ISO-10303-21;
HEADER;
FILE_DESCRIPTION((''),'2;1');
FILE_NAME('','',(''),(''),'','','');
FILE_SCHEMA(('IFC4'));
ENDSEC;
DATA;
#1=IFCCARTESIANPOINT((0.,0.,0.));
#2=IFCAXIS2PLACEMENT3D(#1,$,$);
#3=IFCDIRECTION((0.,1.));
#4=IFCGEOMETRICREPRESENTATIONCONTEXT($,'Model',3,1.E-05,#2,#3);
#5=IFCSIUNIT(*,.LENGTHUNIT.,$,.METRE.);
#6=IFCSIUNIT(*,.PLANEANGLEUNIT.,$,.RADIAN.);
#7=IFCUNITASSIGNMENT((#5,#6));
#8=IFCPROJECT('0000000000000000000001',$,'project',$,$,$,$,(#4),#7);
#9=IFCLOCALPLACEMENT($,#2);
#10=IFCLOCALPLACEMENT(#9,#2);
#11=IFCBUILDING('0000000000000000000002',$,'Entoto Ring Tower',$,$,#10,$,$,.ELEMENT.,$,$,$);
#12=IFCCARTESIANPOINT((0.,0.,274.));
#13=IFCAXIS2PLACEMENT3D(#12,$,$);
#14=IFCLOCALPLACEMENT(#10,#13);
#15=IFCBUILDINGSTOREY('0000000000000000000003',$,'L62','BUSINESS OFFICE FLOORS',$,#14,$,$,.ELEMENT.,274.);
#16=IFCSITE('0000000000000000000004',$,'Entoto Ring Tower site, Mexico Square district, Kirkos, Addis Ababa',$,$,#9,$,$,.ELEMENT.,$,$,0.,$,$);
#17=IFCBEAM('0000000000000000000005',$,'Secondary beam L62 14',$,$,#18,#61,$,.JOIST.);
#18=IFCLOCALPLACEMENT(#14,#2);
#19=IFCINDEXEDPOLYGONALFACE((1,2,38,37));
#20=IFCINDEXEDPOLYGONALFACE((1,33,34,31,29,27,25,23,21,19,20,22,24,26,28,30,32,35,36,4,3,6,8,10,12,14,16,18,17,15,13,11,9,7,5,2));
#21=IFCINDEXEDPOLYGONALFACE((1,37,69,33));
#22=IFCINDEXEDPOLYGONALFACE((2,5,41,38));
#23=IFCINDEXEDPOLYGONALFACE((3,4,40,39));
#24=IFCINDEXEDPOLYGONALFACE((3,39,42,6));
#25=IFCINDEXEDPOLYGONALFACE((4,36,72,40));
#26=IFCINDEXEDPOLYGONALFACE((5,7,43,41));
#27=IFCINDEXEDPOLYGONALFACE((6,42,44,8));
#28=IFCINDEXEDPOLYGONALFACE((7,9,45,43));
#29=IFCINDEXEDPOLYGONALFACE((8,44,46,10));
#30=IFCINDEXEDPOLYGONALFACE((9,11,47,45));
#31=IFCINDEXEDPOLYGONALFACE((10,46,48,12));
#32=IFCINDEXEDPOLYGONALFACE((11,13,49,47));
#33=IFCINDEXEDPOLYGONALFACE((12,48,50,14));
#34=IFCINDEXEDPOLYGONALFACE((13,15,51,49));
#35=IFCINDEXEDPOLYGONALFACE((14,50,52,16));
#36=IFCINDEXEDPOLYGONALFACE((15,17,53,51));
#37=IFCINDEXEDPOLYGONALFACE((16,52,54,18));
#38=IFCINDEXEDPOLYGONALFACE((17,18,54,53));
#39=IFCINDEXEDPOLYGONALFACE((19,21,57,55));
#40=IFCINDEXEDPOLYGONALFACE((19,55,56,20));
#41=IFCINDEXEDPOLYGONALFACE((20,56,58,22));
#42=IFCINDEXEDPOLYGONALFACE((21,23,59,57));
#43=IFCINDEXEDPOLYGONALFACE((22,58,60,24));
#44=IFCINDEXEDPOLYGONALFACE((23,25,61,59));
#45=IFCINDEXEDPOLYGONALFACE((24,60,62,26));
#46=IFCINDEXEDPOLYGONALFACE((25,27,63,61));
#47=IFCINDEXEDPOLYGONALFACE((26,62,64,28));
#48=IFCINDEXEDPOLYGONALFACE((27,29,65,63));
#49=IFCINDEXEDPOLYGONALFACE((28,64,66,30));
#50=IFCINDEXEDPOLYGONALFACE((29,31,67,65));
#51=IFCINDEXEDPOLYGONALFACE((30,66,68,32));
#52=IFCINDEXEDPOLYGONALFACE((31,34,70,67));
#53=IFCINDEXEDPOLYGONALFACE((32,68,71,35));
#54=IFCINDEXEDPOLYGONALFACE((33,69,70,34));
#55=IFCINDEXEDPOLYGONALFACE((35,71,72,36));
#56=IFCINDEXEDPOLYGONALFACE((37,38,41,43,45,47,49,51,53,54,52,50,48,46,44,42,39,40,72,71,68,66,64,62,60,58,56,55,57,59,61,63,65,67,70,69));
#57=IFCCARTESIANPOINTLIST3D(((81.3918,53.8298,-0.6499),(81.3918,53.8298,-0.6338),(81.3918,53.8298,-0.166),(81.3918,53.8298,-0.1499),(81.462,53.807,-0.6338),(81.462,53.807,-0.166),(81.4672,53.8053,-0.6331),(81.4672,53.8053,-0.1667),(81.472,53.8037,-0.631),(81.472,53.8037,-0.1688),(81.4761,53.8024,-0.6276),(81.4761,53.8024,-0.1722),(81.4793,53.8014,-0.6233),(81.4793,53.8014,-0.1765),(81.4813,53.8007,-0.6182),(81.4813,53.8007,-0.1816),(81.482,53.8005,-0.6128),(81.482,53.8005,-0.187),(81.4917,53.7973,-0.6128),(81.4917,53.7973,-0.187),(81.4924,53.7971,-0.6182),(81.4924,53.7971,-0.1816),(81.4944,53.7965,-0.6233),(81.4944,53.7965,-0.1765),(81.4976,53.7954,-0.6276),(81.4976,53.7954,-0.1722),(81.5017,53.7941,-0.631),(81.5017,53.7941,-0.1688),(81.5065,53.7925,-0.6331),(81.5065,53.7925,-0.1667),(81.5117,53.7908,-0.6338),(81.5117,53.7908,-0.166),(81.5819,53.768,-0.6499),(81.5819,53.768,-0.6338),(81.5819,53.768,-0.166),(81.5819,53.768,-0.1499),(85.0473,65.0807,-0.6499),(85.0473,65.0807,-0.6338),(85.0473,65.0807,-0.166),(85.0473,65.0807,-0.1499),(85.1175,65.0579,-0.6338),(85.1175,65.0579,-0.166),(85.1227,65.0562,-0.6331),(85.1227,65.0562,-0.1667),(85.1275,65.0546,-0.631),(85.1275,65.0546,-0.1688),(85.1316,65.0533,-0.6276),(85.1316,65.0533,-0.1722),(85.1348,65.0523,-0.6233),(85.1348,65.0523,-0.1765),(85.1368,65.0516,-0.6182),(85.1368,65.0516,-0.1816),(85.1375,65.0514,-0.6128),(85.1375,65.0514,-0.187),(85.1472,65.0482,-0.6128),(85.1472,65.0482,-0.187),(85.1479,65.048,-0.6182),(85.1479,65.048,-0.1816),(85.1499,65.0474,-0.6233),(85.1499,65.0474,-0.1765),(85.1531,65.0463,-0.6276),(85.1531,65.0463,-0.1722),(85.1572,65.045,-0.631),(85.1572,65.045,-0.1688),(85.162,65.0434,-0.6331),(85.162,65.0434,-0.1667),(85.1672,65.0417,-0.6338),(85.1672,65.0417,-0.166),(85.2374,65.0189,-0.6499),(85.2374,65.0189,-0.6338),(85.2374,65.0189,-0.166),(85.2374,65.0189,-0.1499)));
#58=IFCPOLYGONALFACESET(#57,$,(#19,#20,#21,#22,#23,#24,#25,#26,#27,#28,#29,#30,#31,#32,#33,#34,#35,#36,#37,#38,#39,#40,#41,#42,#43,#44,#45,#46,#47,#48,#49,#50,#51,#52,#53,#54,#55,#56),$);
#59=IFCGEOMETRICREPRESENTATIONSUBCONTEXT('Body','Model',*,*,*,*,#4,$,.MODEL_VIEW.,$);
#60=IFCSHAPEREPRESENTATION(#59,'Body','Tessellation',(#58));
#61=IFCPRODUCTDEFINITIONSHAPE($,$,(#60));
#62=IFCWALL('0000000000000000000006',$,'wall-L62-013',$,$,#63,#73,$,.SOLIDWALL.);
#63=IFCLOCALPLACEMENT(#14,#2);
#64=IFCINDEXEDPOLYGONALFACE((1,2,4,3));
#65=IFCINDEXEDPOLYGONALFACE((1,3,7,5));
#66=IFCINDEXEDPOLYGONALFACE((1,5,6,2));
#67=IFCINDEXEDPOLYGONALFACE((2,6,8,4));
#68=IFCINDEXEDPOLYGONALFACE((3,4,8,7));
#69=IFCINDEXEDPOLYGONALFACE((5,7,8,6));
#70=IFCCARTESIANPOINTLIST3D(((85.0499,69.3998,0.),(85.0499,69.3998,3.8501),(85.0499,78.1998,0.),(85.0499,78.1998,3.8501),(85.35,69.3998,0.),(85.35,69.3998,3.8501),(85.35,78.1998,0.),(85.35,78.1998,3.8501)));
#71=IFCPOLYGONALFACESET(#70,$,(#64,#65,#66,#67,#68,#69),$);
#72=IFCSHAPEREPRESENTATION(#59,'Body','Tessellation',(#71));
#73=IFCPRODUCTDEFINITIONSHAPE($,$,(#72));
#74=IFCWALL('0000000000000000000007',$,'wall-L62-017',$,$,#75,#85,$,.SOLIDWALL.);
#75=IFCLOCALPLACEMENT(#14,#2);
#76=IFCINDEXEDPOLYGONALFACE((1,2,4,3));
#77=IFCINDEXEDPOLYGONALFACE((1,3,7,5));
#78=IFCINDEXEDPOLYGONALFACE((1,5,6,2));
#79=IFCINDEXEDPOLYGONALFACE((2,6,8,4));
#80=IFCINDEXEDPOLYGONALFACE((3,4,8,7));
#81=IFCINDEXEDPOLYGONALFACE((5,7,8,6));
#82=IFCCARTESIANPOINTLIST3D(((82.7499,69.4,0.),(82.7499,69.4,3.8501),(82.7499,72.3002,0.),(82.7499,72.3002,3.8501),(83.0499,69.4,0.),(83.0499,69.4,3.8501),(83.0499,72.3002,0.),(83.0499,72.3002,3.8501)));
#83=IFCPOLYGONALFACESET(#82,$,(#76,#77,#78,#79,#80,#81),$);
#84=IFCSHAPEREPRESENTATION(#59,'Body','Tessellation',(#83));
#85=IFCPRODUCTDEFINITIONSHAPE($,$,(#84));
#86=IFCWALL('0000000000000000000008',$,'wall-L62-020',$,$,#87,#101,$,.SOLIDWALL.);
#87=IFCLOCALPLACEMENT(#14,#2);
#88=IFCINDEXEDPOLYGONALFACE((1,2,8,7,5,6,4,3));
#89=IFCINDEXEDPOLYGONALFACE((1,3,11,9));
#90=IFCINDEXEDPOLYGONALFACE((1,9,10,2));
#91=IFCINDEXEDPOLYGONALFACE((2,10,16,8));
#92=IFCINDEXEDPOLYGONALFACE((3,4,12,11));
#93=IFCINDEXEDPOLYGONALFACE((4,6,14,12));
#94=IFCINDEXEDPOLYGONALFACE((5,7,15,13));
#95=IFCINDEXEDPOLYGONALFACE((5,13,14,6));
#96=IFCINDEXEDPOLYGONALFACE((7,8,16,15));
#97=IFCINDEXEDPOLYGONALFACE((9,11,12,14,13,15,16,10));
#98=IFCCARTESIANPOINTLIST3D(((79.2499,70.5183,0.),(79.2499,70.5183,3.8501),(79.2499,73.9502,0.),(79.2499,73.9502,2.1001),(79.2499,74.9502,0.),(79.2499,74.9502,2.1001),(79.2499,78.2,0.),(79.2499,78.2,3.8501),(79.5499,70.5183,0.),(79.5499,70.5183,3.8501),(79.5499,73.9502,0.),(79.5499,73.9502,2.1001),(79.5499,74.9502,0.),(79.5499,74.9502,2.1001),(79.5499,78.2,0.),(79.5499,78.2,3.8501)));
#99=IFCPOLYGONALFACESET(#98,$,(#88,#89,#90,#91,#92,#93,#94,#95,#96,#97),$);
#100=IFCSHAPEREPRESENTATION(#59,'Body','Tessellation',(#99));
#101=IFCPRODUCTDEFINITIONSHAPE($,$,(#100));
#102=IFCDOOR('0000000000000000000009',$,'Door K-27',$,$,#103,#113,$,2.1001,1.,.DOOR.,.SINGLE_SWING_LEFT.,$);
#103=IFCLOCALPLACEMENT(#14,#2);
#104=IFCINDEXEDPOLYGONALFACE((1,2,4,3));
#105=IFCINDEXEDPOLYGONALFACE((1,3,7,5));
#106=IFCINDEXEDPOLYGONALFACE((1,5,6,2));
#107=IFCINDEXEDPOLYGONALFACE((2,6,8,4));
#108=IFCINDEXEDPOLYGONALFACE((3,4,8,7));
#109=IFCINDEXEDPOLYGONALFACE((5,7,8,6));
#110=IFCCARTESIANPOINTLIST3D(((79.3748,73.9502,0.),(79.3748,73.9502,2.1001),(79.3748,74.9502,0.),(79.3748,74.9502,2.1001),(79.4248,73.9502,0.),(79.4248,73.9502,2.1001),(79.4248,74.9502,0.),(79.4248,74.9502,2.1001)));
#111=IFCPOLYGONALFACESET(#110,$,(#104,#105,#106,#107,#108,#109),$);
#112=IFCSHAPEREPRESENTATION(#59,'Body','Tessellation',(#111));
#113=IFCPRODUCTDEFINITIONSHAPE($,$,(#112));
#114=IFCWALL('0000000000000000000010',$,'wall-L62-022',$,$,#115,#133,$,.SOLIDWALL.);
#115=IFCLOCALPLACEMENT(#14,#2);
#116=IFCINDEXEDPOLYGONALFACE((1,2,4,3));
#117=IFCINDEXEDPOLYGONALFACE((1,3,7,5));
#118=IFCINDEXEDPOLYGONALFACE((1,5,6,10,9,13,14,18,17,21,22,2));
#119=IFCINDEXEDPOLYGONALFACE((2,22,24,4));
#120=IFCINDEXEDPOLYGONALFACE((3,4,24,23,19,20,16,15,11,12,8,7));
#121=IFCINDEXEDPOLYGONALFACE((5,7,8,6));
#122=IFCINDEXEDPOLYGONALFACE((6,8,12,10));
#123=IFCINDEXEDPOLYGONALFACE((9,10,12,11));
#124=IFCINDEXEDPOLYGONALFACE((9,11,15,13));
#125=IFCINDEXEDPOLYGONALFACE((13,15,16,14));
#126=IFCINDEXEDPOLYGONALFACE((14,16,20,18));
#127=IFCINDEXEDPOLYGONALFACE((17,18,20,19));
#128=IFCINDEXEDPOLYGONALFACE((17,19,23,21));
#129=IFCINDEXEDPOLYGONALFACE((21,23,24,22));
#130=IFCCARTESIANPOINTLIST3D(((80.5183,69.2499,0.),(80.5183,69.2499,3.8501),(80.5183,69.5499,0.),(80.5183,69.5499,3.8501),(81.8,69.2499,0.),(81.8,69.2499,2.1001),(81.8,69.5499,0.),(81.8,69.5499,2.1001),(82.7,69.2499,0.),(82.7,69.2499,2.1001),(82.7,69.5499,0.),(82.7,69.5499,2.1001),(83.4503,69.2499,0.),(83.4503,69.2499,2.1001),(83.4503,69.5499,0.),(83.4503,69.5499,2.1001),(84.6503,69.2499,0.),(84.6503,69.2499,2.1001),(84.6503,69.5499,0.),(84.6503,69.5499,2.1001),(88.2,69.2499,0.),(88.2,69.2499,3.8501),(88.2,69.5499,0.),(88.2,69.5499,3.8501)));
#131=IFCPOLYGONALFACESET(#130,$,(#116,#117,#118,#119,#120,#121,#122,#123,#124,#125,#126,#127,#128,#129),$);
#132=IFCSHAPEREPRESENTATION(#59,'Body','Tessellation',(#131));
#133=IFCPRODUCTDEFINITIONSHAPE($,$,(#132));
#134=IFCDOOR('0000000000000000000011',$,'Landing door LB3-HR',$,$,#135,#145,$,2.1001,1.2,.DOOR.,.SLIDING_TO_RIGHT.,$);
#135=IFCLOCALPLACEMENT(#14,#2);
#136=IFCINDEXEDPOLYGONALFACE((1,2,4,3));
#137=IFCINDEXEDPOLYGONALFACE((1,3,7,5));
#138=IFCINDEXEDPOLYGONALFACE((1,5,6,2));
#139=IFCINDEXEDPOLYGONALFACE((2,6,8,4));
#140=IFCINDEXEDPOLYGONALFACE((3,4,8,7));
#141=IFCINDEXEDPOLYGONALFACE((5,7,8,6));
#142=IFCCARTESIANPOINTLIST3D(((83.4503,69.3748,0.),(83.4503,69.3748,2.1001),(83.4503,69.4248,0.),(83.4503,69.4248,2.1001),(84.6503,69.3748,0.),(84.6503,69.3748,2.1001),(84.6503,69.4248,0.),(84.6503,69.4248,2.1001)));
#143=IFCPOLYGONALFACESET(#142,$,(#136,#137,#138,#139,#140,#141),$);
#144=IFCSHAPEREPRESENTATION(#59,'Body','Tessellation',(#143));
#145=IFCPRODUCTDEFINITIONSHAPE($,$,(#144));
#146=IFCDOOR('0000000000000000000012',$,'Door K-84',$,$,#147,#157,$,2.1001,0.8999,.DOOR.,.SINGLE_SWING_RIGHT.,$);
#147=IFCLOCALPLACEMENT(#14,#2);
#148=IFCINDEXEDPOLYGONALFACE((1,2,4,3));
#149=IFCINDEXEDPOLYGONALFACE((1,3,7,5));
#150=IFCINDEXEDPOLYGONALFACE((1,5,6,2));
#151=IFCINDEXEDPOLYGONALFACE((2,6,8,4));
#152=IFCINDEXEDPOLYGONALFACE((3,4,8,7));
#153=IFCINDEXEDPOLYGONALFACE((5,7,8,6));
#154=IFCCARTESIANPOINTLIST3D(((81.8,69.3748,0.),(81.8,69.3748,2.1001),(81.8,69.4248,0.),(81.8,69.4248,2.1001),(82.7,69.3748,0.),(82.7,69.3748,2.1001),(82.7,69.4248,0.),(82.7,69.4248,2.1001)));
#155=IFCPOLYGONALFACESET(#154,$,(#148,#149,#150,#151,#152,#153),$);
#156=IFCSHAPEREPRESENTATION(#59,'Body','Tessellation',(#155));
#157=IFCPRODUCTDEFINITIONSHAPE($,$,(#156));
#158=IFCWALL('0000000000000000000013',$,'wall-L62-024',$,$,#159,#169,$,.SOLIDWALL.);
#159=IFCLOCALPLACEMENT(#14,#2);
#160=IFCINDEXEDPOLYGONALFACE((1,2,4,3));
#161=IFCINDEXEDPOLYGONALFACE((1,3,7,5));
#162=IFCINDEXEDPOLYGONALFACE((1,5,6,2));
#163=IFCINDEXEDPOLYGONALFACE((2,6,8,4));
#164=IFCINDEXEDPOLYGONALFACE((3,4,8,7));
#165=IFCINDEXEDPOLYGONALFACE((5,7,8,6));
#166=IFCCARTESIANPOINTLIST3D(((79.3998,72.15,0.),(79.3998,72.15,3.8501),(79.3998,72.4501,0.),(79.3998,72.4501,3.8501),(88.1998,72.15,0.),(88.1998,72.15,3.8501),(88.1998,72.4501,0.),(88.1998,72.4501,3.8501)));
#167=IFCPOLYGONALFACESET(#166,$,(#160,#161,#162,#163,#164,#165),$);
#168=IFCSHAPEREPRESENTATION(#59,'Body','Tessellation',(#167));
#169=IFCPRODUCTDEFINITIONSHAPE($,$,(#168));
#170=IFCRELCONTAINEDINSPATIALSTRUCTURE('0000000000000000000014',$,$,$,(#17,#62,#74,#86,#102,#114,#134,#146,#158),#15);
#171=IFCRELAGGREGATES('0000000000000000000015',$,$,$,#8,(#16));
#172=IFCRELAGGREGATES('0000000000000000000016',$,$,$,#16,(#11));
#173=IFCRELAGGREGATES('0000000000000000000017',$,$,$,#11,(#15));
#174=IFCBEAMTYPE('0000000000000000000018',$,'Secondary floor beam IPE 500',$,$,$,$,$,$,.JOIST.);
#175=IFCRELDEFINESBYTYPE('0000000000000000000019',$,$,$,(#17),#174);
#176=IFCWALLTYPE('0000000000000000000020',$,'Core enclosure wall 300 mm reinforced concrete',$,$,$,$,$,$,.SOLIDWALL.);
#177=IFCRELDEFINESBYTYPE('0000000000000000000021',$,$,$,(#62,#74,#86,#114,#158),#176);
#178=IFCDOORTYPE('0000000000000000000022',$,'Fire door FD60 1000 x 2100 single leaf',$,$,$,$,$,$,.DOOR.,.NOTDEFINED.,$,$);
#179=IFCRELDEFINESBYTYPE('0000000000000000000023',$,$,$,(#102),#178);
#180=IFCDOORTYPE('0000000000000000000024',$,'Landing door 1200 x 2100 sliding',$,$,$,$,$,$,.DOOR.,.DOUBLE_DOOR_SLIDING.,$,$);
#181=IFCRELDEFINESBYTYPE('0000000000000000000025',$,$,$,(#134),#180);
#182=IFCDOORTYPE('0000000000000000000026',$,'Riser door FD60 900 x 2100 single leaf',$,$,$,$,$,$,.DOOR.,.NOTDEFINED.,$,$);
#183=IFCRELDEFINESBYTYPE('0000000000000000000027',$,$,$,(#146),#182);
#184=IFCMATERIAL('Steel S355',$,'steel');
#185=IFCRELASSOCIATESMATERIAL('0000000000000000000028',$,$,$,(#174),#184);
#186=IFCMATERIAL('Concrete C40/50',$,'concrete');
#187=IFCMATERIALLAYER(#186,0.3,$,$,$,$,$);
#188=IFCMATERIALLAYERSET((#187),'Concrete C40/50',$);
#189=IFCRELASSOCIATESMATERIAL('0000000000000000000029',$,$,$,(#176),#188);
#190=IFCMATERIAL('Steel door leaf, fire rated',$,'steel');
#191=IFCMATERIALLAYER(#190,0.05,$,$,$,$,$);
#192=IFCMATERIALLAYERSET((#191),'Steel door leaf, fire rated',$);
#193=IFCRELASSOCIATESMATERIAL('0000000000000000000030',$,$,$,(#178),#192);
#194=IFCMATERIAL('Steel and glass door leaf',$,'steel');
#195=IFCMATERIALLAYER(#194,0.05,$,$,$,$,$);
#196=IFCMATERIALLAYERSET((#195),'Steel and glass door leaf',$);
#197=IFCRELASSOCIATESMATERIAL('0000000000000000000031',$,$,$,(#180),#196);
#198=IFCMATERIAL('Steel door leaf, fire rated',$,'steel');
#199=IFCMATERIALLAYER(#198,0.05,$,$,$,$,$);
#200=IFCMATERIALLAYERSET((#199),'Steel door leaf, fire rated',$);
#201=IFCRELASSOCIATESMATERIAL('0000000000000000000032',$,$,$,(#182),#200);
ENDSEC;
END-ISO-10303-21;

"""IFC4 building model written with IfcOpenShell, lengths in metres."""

from ifc_helpers import new_model, si_unit, direction, frame, frame_2d, origin, origin_2d, place, context, subcontext, project, spatial, rectangle, i_section, extrude, material, layer, layer_set, material_profile, profile_set, type_object, element, fill, save


model = new_model("IFC4")

# Units and contexts
model_context = context("Model", 3, precision=1e-05, world=origin(), true_north=direction((0.0, 1.0)))
body_context = subcontext(model_context, "Body", "Model", "MODEL_VIEW")
ifc_project = project(units=[si_unit("LENGTHUNIT", "METRE"), si_unit("PLANEANGLEUNIT", "RADIAN")], contexts=[model_context])

# Site, building, storey
site_placement = place(None, origin())
site = spatial("IfcSite", under=ifc_project, at=site_placement, Name="Entoto Ring Tower site, Mexico Square district, Kirkos, Addis Ababa", CompositionType="ELEMENT", RefElevation=0.0)
building_placement = place(site_placement, origin())
building = spatial("IfcBuilding", under=site, at=building_placement, Name="Entoto Ring Tower", CompositionType="ELEMENT")
storey_placement = place(building_placement, frame((0.0, 0.0, 274.0)))
storey = spatial("IfcBuildingStorey", under=building, at=storey_placement, Name="L62", Description="BUSINESS OFFICE FLOORS", CompositionType="ELEMENT", Elevation=274.0)

# Beam
ifc_material_1 = material(Name="Steel S355", Category="steel")
ifc_material_profile_1 = material_profile(ifc_material_1, i_section(OverallWidth=0.2, OverallDepth=0.5, WebThickness=0.0103, FlangeThickness=0.0161, FilletRadius=0.021, at=origin_2d()), Name="IPE 500")
ifc_profile_set_1 = profile_set([ifc_material_profile_1], Name="Steel S355")
beam_type_1 = type_object("IfcBeamType", Name="Secondary floor beam IPE 500", PredefinedType="JOIST", material=ifc_profile_set_1)
beam_1_placement = place(storey_placement, frame((85.1423, 65.0498, -0.3999), z_axis=(-0.309006, -0.95106, 0.0), x_axis=(0.95106, -0.309006, 0.0)))
element("IfcBeam", 1, at=beam_1_placement, inside=storey, type_object=beam_type_1, Name="Secondary beam L62 14", PredefinedType="JOIST", context=body_context, shape_type="SweptSolid", body=[
    extrude(i_section(OverallWidth=0.2, OverallDepth=0.5, WebThickness=0.0103, FlangeThickness=0.0161, FilletRadius=0.021, at=origin_2d()), origin(), (0.0, 0.0, 1.0), 11.8298),
])

# Walls
ifc_material_2 = material(Name="Concrete C40/50", Category="concrete")
ifc_layer_1 = layer(ifc_material_2, 0.3)
ifc_layer_set_1 = layer_set([ifc_layer_1], Name="Concrete C40/50")
wall_type_1 = type_object("IfcWallType", Name="Core enclosure wall 300 mm reinforced concrete", PredefinedType="SOLIDWALL", material=ifc_layer_set_1)
wall_1_placement = place(storey_placement, frame((85.2, 69.3999, 0.0), z_axis=(0.0, 0.0, 1.0), x_axis=(0.0, 1.0, 0.0)))
element("IfcWall", 2, at=wall_1_placement, inside=storey, type_object=wall_type_1, Name="wall-L62-013", PredefinedType="SOLIDWALL", context=body_context, shape_type="SweptSolid", body=[
    extrude(rectangle(XDim=8.8, YDim=0.3, at=frame_2d((4.3999, 0.0))), origin(), (0.0, 0.0, 1.0), 3.8501),
])
wall_2_placement = place(storey_placement, frame((82.8999, 69.3999, 0.0), z_axis=(0.0, 0.0, 1.0), x_axis=(0.0, 1.0, 0.0)))
element("IfcWall", 3, at=wall_2_placement, inside=storey, type_object=wall_type_1, Name="wall-L62-017", PredefinedType="SOLIDWALL", context=body_context, shape_type="SweptSolid", body=[
    extrude(rectangle(XDim=2.9001, YDim=0.3, at=frame_2d((1.4502, 0.0))), origin(), (0.0, 0.0, 1.0), 3.8501),
])

# Wall, opening, door
wall_3_placement = place(storey_placement, frame((79.3999, 70.5183, 0.0), z_axis=(0.0, 0.0, 1.0), x_axis=(0.0, 1.0, 0.0)))
wall_3 = element("IfcWall", 4, at=wall_3_placement, inside=storey, type_object=wall_type_1, Name="wall-L62-020", PredefinedType="SOLIDWALL", context=body_context, shape_type="SweptSolid", body=[
    extrude(rectangle(XDim=7.6816, YDim=0.3, at=frame_2d((3.8408, 0.0))), origin(), (0.0, 0.0, 1.0), 3.8501),
])
opening_1_placement = place(wall_3_placement, frame((3.4319, 0.0, 0.0)))
opening_1 = element("IfcOpeningElement", 5, at=opening_1_placement, cuts=wall_3, PredefinedType="OPENING", context=body_context, shape_type="SweptSolid", body=[
    extrude(rectangle(XDim=1.0, YDim=2.1001, at=frame_2d((0.5, 1.05))), frame((0.0, 0.1602, 0.0), z_axis=(0.0, -1.0, 0.0), x_axis=(1.0, 0.0, 0.0)), (0.0, 0.0, 1.0), 0.3201),
])
ifc_material_3 = material(Name="Steel door leaf, fire rated", Category="steel")
ifc_layer_2 = layer(ifc_material_3, 0.05)
ifc_layer_set_2 = layer_set([ifc_layer_2], Name="Steel door leaf, fire rated")
door_type_1 = type_object("IfcDoorType", Name="Fire door FD60 1000 x 2100 single leaf", OperationType="NOTDEFINED", PredefinedType="DOOR", material=ifc_layer_set_2)
door_1_placement = place(opening_1_placement, frame((1.0, 0.0, 0.0), z_axis=(0.0, 0.0, 1.0), x_axis=(-1.0, 0.0, 0.0)))
door_1 = element("IfcDoor", 6, at=door_1_placement, inside=storey, type_object=door_type_1, Name="Door K-27", OperationType="SINGLE_SWING_LEFT", OverallHeight=2.1001, OverallWidth=1.0, PredefinedType="DOOR", context=body_context, shape_type="SweptSolid", body=[
    extrude(rectangle(XDim=1.0, YDim=2.1001, at=frame_2d((0.5, 1.05))), frame((0.0, 0.0249, 0.0), z_axis=(0.0, -1.0, 0.0), x_axis=(1.0, 0.0, 0.0)), (0.0, 0.0, 1.0), 0.05),
])
fill(opening_1, door_1)

# Wall, openings, doors
wall_4_placement = place(storey_placement, frame((80.5183, 69.3999, 0.0), z_axis=(0.0, 0.0, 1.0), x_axis=(1.0, 0.0, 0.0)))
wall_4 = element("IfcWall", 7, at=wall_4_placement, inside=storey, type_object=wall_type_1, Name="wall-L62-022", PredefinedType="SOLIDWALL", context=body_context, shape_type="SweptSolid", body=[
    extrude(rectangle(XDim=7.6816, YDim=0.3, at=frame_2d((3.8408, 0.0))), origin(), (0.0, 0.0, 1.0), 3.8501),
])
opening_2_placement = place(wall_4_placement, frame((2.9319, 0.0, 0.0)))
opening_2 = element("IfcOpeningElement", 8, at=opening_2_placement, cuts=wall_4, PredefinedType="OPENING", context=body_context, shape_type="SweptSolid", body=[
    extrude(rectangle(XDim=1.2, YDim=2.1001, at=frame_2d((0.6001, 1.05))), frame((0.0, 0.1602, 0.0), z_axis=(0.0, -1.0, 0.0), x_axis=(1.0, 0.0, 0.0)), (0.0, 0.0, 1.0), 0.3201),
])
opening_3_placement = place(wall_4_placement, frame((1.2817, 0.0, 0.0)))
opening_3 = element("IfcOpeningElement", 9, at=opening_3_placement, cuts=wall_4, PredefinedType="OPENING", context=body_context, shape_type="SweptSolid", body=[
    extrude(rectangle(XDim=0.8999, YDim=2.1001, at=frame_2d((0.45, 1.05))), frame((0.0, 0.1602, 0.0), z_axis=(0.0, -1.0, 0.0), x_axis=(1.0, 0.0, 0.0)), (0.0, 0.0, 1.0), 0.3201),
])
ifc_material_4 = material(Name="Steel and glass door leaf", Category="steel")
ifc_layer_3 = layer(ifc_material_4, 0.05)
ifc_layer_set_3 = layer_set([ifc_layer_3], Name="Steel and glass door leaf")
door_type_2 = type_object("IfcDoorType", Name="Landing door 1200 x 2100 sliding", OperationType="DOUBLE_DOOR_SLIDING", PredefinedType="DOOR", material=ifc_layer_set_3)
door_2_placement = place(opening_2_placement, origin())
door_2 = element("IfcDoor", 10, at=door_2_placement, inside=storey, type_object=door_type_2, Name="Landing door LB3-HR", OperationType="SLIDING_TO_RIGHT", OverallHeight=2.1001, OverallWidth=1.2, PredefinedType="DOOR", context=body_context, shape_type="SweptSolid", body=[
    extrude(rectangle(XDim=1.2, YDim=2.1001, at=frame_2d((0.6001, 1.05))), frame((0.0, 0.0249, 0.0), z_axis=(0.0, -1.0, 0.0), x_axis=(1.0, 0.0, 0.0)), (0.0, 0.0, 1.0), 0.05),
])
fill(opening_2, door_2)
ifc_material_5 = material(Name="Steel door leaf, fire rated", Category="steel")
ifc_layer_4 = layer(ifc_material_5, 0.05)
ifc_layer_set_4 = layer_set([ifc_layer_4], Name="Steel door leaf, fire rated")
door_type_3 = type_object("IfcDoorType", Name="Riser door FD60 900 x 2100 single leaf", OperationType="NOTDEFINED", PredefinedType="DOOR", material=ifc_layer_set_4)
door_3_placement = place(opening_3_placement, origin())
door_3 = element("IfcDoor", 11, at=door_3_placement, inside=storey, type_object=door_type_3, Name="Door K-84", OperationType="SINGLE_SWING_RIGHT", OverallHeight=2.1001, OverallWidth=0.8999, PredefinedType="DOOR", context=body_context, shape_type="SweptSolid", body=[
    extrude(rectangle(XDim=0.8999, YDim=2.1001, at=frame_2d((0.45, 1.05))), frame((0.0, 0.0249, 0.0), z_axis=(0.0, -1.0, 0.0), x_axis=(1.0, 0.0, 0.0)), (0.0, 0.0, 1.0), 0.05),
])
fill(opening_3, door_3)

# Wall
wall_5_placement = place(storey_placement, frame((79.3999, 72.3, 0.0), z_axis=(0.0, 0.0, 1.0), x_axis=(1.0, 0.0, 0.0)))
element("IfcWall", 12, at=wall_5_placement, inside=storey, type_object=wall_type_1, Name="wall-L62-024", PredefinedType="SOLIDWALL", context=body_context, shape_type="SweptSolid", body=[
    extrude(rectangle(XDim=8.8, YDim=0.3, at=frame_2d((4.3999, 0.0))), origin(), (0.0, 0.0, 1.0), 3.8501),
])

save(model, "model.ifc")
